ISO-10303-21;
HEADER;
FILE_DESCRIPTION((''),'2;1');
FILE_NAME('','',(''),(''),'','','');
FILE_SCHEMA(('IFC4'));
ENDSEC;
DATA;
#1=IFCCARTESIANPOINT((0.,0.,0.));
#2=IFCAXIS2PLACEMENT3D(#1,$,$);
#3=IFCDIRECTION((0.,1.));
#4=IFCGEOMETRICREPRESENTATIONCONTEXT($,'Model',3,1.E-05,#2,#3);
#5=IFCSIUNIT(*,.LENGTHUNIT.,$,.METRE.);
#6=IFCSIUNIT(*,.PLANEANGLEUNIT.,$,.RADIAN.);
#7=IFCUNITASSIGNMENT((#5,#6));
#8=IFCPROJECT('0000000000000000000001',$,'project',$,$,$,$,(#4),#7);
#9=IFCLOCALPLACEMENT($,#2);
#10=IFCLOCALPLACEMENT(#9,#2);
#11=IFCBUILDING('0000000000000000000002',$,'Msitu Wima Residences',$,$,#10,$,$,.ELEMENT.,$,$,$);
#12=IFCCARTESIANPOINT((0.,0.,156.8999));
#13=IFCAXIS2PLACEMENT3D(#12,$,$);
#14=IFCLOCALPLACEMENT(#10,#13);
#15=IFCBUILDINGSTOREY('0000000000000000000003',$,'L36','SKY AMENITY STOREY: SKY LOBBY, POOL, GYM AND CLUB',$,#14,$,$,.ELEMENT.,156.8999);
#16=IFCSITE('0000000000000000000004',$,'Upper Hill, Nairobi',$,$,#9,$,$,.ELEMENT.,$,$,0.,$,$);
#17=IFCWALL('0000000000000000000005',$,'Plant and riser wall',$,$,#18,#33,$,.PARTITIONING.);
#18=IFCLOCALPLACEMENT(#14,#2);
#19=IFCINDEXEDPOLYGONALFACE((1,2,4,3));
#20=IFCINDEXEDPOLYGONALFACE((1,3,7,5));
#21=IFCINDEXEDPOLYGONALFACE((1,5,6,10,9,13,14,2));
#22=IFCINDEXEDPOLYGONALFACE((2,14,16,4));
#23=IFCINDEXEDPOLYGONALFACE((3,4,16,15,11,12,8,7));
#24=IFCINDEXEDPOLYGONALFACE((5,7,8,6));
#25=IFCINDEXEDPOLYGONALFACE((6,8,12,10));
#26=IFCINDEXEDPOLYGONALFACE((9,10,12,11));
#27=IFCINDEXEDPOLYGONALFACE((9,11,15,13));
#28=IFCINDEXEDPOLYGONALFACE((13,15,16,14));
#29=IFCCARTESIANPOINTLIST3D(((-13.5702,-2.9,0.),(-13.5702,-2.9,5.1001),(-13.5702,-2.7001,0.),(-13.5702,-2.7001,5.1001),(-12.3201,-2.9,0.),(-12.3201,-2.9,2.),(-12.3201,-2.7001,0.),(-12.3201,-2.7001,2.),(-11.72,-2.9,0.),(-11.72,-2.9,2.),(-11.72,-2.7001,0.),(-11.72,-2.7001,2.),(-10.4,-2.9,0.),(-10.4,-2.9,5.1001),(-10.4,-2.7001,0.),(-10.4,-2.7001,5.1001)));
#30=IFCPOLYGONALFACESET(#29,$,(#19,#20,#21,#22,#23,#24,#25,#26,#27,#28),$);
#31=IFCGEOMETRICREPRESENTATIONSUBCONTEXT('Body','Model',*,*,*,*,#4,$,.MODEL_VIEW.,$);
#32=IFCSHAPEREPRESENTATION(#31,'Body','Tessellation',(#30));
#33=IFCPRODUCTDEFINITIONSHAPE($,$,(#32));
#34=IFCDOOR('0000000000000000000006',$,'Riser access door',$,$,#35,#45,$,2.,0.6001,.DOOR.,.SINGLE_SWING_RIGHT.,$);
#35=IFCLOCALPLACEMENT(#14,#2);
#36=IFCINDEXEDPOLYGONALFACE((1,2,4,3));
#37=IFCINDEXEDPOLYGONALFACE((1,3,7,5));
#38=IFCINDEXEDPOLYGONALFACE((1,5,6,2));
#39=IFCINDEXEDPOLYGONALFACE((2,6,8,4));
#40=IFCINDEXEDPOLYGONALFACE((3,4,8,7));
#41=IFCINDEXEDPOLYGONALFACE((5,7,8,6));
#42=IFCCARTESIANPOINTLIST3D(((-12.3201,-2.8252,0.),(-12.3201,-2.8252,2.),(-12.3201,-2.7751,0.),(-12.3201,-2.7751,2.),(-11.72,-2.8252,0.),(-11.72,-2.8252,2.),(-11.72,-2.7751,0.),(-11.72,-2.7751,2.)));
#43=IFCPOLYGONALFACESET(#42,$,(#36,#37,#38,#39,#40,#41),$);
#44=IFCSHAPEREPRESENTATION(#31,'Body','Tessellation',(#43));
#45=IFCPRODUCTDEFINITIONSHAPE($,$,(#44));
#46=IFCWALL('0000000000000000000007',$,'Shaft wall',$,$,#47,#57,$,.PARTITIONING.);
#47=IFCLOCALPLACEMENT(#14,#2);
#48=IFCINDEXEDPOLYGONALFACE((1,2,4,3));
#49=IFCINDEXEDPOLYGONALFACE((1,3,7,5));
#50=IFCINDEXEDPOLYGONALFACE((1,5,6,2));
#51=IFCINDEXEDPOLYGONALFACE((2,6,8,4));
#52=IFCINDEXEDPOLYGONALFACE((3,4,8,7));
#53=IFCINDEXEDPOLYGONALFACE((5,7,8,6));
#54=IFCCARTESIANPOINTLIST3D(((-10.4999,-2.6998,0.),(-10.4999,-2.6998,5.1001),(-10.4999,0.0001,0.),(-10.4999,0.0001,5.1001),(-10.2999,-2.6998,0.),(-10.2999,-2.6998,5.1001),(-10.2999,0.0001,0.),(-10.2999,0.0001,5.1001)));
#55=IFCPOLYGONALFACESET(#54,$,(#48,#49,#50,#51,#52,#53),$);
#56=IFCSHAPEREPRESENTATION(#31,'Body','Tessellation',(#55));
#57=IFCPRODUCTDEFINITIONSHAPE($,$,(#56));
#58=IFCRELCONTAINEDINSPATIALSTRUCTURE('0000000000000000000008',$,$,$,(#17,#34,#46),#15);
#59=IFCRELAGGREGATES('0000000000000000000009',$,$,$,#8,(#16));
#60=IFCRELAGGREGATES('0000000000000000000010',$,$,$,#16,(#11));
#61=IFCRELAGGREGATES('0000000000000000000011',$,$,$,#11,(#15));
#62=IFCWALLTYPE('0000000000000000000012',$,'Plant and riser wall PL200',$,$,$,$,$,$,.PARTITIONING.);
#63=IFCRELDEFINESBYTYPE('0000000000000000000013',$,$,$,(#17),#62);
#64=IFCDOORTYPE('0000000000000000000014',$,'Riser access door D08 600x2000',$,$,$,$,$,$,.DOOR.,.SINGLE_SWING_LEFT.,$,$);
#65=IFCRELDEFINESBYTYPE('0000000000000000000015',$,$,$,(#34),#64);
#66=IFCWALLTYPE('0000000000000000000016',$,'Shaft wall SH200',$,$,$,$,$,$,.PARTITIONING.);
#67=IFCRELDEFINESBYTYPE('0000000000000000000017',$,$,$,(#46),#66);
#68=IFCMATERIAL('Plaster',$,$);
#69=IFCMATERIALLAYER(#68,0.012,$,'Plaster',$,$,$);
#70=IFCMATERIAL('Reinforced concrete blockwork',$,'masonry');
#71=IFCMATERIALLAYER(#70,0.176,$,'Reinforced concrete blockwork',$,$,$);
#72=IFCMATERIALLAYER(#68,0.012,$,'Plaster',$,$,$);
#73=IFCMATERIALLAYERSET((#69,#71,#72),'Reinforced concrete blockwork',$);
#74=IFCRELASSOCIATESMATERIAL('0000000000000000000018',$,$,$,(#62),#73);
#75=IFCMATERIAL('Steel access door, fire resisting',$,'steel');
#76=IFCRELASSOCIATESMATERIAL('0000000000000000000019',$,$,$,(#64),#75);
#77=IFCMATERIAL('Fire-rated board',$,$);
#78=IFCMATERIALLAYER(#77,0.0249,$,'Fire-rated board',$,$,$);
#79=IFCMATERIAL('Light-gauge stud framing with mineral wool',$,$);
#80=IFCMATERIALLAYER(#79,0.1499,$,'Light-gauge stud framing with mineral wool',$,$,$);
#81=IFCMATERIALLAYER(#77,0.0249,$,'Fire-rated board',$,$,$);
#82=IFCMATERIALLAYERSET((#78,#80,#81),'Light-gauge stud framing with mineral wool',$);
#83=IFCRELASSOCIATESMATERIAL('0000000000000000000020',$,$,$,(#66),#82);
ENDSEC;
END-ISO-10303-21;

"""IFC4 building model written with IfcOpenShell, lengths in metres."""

from ifc_helpers import new_model, si_unit, direction, frame, frame_2d, origin, place, context, subcontext, project, spatial, rectangle, extrude, material, layer, layer_set, type_object, element, fill, save


model = new_model("IFC4")

# Units and contexts
model_context = context("Model", 3, precision=1e-05, world=origin(), true_north=direction((0.0, 1.0)))
body_context = subcontext(model_context, "Body", "Model", "MODEL_VIEW")
ifc_project = project(units=[si_unit("LENGTHUNIT", "METRE"), si_unit("PLANEANGLEUNIT", "RADIAN")], contexts=[model_context])

# Site, building, storey
site_placement = place(None, origin())
site = spatial("IfcSite", under=ifc_project, at=site_placement, Name="Upper Hill, Nairobi", CompositionType="ELEMENT", RefElevation=0.0)
building_placement = place(site_placement, origin())
building = spatial("IfcBuilding", under=site, at=building_placement, Name="Msitu Wima Residences", CompositionType="ELEMENT")
storey_placement = place(building_placement, frame((0.0, 0.0, 156.8999)))
storey = spatial("IfcBuildingStorey", under=building, at=storey_placement, Name="L36", Description="SKY AMENITY STOREY: SKY LOBBY, POOL, GYM AND CLUB", CompositionType="ELEMENT", Elevation=156.8999)

# Wall, opening, door
ifc_material_1 = material(Name="Plaster")
ifc_layer_1 = layer(ifc_material_1, 0.012, Name="Plaster")
ifc_material_2 = material(Name="Reinforced concrete blockwork", Category="masonry")
ifc_layer_2 = layer(ifc_material_2, 0.176, Name="Reinforced concrete blockwork")
ifc_layer_3 = layer(ifc_material_1, 0.012, Name="Plaster")
ifc_layer_set_1 = layer_set([ifc_layer_1, ifc_layer_2, ifc_layer_3], Name="Reinforced concrete blockwork")
wall_type_1 = type_object("IfcWallType", Name="Plant and riser wall PL200", PredefinedType="PARTITIONING", material=ifc_layer_set_1)
wall_1_placement = place(storey_placement, frame((-13.5701, -2.8, 0.0), z_axis=(0.0, 0.0, 1.0), x_axis=(1.0, 0.0, 0.0)))
wall_1 = element("IfcWall", 1, at=wall_1_placement, inside=storey, type_object=wall_type_1, Name="Plant and riser wall", PredefinedType="PARTITIONING", context=body_context, shape_type="SweptSolid", body=[
    extrude(rectangle(XDim=3.1702, YDim=0.2, at=frame_2d((1.585, 0.0))), origin(), (0.0, 0.0, 1.0), 5.1001),
])
opening_1_placement = place(wall_1_placement, frame((1.25, 0.0, 0.0)))
opening_1 = element("IfcOpeningElement", 2, at=opening_1_placement, cuts=wall_1, PredefinedType="OPENING", context=body_context, shape_type="SweptSolid", body=[
    extrude(rectangle(XDim=0.6001, YDim=2.0, at=frame_2d((0.3, 1.0))), frame((0.0, 0.1099, 0.0), z_axis=(0.0, -1.0, 0.0), x_axis=(1.0, 0.0, 0.0)), (0.0, 0.0, 1.0), 0.22),
])
ifc_material_3 = material(Name="Steel access door, fire resisting", Category="steel")
door_type_1 = type_object("IfcDoorType", Name="Riser access door D08 600x2000", OperationType="SINGLE_SWING_LEFT", PredefinedType="DOOR", material=ifc_material_3)
door_1_placement = place(opening_1_placement, origin())
door_1 = element("IfcDoor", 3, at=door_1_placement, inside=storey, type_object=door_type_1, Name="Riser access door", OperationType="SINGLE_SWING_RIGHT", OverallHeight=2.0, OverallWidth=0.6001, PredefinedType="DOOR", context=body_context, shape_type="SweptSolid", body=[
    extrude(rectangle(XDim=0.6001, YDim=2.0, at=frame_2d((0.3, 1.0))), frame((0.0, 0.0249, 0.0), z_axis=(0.0, -1.0, 0.0), x_axis=(1.0, 0.0, 0.0)), (0.0, 0.0, 1.0), 0.05),
])
fill(opening_1, door_1)

# Wall
ifc_material_4 = material(Name="Fire-rated board")
ifc_layer_4 = layer(ifc_material_4, 0.0249, Name="Fire-rated board")
ifc_material_5 = material(Name="Light-gauge stud framing with mineral wool")
ifc_layer_5 = layer(ifc_material_5, 0.1499, Name="Light-gauge stud framing with mineral wool")
ifc_layer_6 = layer(ifc_material_4, 0.0249, Name="Fire-rated board")
ifc_layer_set_2 = layer_set([ifc_layer_4, ifc_layer_5, ifc_layer_6], Name="Light-gauge stud framing with mineral wool")
wall_type_2 = type_object("IfcWallType", Name="Shaft wall SH200", PredefinedType="PARTITIONING", material=ifc_layer_set_2)
wall_2_placement = place(storey_placement, frame((-10.3999, -2.7, 0.0), z_axis=(0.0, 0.0, 1.0), x_axis=(0.0, 1.0, 0.0)))
element("IfcWall", 4, at=wall_2_placement, inside=storey, type_object=wall_type_2, Name="Shaft wall", PredefinedType="PARTITIONING", context=body_context, shape_type="SweptSolid", body=[
    extrude(rectangle(XDim=2.7, YDim=0.2, at=frame_2d((1.3501, 0.0))), origin(), (0.0, 0.0, 1.0), 5.1001),
])

save(model, "model.ifc")
